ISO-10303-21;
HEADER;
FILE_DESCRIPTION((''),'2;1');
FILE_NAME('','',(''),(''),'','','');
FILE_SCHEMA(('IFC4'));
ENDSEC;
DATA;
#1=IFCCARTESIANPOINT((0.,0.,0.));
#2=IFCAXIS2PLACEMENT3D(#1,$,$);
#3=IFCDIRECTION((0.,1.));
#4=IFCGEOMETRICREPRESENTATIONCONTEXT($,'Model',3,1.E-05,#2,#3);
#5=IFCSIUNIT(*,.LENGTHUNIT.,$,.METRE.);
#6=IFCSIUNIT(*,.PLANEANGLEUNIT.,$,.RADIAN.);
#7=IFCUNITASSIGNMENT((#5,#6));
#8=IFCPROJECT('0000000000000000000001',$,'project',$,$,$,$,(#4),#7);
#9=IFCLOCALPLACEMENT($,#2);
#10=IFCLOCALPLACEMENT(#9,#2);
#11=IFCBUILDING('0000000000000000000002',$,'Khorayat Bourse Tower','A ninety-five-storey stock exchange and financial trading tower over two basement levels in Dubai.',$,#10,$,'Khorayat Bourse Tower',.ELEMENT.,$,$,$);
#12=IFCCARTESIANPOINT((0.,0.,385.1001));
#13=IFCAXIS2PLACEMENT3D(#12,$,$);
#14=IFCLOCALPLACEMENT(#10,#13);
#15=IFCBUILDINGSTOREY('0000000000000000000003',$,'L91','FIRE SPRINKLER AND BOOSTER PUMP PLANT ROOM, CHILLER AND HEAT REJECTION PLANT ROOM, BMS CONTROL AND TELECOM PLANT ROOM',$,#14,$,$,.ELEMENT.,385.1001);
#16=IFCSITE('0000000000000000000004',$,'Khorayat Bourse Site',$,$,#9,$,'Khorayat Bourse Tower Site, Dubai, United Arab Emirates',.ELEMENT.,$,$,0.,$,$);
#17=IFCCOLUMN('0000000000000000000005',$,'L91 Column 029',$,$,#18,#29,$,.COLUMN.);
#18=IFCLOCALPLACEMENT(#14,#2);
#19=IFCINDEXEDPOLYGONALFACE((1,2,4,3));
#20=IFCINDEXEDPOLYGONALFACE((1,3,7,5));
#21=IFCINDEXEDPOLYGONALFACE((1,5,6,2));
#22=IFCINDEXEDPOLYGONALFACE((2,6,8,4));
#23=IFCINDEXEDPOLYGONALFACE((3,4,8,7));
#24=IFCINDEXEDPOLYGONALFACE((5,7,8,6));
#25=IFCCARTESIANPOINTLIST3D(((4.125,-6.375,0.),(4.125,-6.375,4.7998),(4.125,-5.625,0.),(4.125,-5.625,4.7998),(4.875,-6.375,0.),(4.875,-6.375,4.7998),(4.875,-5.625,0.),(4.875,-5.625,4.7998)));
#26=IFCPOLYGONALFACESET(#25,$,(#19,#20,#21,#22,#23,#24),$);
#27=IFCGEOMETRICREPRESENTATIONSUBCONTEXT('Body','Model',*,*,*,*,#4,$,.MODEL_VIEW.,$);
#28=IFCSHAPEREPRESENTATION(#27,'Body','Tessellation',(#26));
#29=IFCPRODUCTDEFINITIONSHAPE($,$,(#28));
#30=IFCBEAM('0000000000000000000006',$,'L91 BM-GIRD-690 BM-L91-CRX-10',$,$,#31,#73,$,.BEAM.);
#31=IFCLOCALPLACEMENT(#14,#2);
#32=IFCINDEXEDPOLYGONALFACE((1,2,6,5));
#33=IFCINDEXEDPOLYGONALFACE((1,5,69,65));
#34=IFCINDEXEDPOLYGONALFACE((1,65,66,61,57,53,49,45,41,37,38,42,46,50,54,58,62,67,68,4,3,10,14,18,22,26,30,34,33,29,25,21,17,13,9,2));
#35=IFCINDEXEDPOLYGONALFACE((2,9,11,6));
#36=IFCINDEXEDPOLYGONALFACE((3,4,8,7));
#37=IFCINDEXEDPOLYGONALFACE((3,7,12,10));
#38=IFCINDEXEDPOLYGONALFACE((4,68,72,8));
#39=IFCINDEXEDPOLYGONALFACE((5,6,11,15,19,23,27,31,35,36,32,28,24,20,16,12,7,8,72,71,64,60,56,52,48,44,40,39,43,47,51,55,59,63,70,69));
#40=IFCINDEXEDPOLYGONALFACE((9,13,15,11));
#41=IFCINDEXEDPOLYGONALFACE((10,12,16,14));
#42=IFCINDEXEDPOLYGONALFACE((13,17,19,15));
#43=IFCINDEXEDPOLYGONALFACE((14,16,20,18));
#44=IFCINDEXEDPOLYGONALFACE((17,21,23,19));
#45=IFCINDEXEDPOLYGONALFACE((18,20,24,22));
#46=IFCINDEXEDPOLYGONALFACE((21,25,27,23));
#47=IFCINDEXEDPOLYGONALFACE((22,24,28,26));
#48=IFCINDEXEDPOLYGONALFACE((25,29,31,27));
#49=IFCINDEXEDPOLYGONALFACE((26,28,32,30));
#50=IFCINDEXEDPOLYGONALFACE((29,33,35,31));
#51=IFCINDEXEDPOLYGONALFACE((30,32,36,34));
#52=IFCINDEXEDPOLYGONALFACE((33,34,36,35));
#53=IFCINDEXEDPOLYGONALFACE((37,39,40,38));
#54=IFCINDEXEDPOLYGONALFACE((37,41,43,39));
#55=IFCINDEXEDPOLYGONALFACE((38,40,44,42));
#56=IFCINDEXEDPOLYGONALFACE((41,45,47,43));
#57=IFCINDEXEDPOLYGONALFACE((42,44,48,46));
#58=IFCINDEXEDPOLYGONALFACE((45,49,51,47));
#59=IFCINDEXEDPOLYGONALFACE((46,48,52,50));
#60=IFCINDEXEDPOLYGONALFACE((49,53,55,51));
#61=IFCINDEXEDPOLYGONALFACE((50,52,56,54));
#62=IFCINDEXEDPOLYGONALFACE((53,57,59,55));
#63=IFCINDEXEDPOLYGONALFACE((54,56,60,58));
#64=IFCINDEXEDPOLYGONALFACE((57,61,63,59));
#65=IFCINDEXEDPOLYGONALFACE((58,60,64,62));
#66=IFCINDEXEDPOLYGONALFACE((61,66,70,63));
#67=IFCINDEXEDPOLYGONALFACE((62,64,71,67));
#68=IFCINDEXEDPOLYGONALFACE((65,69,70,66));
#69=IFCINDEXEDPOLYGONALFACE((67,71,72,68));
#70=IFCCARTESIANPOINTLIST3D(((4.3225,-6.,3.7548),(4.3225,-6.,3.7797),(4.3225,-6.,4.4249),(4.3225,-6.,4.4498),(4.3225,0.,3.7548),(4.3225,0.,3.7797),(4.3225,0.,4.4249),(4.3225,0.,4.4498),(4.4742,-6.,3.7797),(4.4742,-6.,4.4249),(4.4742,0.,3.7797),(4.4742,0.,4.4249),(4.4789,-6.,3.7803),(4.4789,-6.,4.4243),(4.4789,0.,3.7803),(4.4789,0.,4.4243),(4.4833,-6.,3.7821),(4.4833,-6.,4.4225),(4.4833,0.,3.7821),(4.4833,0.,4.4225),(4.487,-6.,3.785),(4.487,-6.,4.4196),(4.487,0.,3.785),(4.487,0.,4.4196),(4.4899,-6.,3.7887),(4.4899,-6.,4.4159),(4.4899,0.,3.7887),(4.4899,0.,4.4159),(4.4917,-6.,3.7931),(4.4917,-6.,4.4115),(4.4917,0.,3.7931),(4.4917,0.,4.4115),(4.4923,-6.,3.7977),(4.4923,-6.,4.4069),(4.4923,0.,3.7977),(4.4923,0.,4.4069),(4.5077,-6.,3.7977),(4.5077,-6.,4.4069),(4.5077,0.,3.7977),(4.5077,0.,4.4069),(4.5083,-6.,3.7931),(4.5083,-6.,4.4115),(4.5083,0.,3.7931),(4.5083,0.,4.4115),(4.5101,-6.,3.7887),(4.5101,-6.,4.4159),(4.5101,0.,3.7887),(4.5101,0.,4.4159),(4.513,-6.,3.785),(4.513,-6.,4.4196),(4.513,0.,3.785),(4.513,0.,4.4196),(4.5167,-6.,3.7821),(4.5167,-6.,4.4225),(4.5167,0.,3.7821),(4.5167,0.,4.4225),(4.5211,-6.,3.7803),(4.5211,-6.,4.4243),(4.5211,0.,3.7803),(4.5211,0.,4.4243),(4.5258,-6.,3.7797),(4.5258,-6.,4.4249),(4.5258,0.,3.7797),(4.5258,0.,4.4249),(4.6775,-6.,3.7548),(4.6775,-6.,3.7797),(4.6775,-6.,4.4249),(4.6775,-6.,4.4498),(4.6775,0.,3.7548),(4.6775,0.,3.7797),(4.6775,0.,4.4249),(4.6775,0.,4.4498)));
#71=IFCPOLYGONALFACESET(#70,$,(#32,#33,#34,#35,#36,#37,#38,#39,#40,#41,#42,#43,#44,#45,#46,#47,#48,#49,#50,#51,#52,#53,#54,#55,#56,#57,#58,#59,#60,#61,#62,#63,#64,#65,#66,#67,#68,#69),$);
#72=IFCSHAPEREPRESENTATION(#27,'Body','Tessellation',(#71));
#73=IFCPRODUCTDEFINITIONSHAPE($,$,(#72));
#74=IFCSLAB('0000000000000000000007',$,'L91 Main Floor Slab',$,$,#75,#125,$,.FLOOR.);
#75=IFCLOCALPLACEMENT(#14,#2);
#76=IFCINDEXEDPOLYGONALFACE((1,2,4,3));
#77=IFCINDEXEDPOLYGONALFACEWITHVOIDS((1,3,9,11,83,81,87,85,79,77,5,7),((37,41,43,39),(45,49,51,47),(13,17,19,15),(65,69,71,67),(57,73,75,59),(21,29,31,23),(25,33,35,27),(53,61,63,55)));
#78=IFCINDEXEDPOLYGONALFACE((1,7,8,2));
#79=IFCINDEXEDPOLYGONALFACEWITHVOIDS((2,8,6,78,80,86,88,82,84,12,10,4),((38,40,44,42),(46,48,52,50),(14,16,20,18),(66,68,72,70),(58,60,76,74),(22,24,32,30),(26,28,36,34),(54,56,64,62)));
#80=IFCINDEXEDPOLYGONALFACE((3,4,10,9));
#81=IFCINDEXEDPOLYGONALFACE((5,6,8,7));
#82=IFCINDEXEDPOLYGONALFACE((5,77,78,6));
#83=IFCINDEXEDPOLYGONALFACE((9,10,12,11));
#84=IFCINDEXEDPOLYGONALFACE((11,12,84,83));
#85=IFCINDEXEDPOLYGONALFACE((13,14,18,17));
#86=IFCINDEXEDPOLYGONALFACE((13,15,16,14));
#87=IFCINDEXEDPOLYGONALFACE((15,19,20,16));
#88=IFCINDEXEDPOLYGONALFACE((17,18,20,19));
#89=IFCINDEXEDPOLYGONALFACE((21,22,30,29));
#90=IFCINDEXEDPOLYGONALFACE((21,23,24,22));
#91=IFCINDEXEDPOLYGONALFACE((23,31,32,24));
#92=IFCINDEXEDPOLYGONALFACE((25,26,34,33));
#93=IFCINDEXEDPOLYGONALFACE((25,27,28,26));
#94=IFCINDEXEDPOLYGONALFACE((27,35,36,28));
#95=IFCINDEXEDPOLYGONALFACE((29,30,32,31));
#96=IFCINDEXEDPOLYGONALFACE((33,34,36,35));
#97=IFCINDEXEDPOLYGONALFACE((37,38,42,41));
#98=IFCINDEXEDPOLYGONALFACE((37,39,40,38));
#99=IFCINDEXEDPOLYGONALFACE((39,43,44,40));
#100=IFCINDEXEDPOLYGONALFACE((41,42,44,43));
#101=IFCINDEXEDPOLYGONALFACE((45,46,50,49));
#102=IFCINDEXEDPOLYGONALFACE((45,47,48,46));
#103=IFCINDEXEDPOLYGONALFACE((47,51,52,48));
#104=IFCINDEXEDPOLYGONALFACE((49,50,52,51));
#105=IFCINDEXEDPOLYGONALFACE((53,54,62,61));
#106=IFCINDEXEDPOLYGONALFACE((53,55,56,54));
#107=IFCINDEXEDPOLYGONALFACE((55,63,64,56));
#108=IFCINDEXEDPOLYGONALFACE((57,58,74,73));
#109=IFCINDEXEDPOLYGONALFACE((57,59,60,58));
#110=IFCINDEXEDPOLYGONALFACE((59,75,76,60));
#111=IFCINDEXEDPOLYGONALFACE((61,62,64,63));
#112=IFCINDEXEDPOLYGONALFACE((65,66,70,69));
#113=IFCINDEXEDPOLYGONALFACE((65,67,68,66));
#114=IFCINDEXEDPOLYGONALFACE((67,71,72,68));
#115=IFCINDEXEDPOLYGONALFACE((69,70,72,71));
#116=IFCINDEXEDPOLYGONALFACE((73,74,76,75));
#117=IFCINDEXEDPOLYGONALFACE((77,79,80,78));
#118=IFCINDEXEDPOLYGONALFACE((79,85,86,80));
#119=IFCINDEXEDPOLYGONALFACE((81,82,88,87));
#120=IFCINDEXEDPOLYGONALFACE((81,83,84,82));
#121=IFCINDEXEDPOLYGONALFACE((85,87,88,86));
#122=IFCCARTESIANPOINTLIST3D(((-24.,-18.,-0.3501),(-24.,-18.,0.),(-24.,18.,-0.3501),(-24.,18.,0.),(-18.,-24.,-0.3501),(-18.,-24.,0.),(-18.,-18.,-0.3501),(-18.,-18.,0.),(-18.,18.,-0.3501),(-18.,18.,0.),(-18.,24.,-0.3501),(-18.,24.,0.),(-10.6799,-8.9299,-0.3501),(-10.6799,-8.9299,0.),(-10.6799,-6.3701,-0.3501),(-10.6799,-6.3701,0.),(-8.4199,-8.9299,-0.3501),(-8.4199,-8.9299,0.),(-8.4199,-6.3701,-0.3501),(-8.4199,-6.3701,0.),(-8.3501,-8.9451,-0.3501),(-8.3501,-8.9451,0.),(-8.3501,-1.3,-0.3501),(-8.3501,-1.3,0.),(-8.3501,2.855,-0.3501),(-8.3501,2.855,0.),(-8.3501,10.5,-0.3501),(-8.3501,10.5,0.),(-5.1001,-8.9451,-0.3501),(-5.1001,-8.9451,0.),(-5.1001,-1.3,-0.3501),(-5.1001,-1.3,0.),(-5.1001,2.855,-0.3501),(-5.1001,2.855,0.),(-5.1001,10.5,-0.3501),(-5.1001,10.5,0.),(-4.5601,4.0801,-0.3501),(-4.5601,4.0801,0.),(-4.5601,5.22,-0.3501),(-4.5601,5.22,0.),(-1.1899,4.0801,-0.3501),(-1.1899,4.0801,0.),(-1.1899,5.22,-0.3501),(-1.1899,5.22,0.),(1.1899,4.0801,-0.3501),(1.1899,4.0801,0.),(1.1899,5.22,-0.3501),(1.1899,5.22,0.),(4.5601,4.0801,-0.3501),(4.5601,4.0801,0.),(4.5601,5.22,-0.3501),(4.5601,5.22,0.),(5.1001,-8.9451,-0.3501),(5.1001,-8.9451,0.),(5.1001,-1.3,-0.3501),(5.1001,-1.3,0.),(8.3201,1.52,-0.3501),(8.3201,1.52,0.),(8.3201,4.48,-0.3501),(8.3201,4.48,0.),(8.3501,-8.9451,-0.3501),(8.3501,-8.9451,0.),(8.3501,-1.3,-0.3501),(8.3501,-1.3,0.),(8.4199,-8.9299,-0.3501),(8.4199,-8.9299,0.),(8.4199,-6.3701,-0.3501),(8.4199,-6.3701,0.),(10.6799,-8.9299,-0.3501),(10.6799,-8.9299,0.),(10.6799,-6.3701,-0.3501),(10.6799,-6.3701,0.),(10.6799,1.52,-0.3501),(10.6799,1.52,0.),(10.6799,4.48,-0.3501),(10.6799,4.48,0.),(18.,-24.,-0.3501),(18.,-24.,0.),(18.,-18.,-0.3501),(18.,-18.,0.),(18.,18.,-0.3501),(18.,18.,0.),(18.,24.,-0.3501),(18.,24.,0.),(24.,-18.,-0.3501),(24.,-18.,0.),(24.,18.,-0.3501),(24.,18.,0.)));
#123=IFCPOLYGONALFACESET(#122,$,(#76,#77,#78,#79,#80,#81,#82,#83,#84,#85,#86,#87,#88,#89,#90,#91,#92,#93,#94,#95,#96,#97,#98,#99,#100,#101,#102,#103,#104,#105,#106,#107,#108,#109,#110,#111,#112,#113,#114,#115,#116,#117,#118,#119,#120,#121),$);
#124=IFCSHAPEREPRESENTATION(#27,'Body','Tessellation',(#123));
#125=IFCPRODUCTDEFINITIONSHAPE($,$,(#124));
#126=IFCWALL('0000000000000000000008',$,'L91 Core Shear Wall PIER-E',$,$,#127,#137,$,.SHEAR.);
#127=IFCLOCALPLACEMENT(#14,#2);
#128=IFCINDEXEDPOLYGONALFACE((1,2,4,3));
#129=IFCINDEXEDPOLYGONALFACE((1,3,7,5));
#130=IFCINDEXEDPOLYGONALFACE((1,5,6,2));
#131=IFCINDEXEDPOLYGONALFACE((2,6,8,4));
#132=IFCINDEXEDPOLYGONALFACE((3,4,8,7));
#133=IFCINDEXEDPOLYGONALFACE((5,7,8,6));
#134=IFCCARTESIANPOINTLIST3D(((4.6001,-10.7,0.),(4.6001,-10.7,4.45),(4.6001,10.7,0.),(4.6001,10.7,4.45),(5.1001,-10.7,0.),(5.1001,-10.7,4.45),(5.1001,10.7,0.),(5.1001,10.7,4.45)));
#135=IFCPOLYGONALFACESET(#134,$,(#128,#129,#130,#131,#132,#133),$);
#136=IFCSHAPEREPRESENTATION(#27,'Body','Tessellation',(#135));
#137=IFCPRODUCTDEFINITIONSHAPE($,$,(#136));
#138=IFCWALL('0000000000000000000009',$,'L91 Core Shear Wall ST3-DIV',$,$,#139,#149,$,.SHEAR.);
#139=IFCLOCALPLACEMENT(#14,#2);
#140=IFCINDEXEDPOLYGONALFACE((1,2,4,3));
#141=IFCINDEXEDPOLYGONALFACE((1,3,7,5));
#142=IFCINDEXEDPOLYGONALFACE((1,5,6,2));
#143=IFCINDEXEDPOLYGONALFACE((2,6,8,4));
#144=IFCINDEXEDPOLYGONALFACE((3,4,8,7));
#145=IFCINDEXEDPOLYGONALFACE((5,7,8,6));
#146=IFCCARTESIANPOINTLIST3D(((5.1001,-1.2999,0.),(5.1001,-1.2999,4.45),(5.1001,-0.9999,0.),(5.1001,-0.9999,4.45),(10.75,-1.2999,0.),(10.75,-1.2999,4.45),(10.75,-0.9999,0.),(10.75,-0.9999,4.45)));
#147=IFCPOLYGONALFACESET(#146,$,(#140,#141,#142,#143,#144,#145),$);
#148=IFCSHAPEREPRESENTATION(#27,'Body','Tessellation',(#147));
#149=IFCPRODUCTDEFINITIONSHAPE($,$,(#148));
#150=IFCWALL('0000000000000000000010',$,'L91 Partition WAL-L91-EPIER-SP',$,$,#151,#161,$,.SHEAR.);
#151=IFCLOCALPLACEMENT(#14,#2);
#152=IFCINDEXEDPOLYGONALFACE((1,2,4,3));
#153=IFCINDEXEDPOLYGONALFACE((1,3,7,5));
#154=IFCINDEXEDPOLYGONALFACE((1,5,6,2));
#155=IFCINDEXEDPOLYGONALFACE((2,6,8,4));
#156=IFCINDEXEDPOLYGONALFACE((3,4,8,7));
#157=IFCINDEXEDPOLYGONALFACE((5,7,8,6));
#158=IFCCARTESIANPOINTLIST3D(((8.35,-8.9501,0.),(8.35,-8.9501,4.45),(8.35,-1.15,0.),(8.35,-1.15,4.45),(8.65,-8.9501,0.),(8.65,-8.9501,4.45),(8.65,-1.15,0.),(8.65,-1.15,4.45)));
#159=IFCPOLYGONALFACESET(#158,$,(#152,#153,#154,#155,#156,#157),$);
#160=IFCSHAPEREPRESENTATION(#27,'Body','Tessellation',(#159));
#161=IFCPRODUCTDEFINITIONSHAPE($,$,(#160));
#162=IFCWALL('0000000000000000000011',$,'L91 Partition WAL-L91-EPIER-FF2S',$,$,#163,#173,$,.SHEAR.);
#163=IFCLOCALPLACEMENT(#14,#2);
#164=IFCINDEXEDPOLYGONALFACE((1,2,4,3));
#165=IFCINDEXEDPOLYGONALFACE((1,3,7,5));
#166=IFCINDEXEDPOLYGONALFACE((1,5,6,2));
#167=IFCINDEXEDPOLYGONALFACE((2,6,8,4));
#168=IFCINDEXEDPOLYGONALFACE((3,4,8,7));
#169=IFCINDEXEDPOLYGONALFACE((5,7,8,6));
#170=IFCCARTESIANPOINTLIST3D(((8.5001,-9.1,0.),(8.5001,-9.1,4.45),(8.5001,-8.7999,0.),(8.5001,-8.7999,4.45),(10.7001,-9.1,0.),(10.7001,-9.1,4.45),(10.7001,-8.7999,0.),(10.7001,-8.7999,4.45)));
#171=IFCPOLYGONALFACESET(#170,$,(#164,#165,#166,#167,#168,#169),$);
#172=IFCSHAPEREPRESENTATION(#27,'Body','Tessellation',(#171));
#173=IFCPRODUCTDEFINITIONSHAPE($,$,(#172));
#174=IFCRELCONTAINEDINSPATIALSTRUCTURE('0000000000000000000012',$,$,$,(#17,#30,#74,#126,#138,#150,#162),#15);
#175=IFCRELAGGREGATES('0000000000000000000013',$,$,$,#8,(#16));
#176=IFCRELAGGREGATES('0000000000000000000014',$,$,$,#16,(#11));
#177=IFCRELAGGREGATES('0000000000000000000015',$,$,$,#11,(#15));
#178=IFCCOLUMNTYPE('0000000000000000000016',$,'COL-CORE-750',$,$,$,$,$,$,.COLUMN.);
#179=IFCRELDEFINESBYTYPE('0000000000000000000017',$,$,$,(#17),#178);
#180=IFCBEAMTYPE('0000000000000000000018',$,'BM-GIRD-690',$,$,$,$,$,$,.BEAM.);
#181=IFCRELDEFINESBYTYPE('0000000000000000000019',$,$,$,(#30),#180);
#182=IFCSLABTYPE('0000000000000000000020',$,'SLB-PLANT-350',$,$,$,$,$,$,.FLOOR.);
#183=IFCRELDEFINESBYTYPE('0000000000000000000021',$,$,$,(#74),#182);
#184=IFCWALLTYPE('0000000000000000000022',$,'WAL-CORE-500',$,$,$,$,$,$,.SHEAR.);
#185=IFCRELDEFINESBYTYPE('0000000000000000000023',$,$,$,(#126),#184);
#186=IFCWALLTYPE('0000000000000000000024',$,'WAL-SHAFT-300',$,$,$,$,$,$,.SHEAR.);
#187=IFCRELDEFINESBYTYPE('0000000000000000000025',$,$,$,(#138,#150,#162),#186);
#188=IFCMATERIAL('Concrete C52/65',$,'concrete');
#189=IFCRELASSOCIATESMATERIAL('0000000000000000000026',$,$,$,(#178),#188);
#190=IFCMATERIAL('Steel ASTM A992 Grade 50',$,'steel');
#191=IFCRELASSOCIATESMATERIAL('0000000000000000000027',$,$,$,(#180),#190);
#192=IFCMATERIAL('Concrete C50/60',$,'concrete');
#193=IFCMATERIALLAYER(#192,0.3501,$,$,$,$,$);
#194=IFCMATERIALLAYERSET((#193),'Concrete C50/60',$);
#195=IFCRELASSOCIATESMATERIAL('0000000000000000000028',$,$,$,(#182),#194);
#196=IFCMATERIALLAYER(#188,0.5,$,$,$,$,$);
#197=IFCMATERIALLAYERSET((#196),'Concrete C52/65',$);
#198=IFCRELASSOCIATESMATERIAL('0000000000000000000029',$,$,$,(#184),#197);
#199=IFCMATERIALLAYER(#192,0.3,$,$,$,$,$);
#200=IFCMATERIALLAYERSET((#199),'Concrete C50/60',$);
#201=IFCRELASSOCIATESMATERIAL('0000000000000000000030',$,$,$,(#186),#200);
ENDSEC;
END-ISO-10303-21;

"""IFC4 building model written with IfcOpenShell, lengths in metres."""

from ifc_helpers import new_model, si_unit, direction, frame, frame_2d, origin, origin_2d, place, context, subcontext, project, spatial, polyline, rectangle, i_section, outline, extrude, source, transform, mapped, material, layer, layer_set, material_profile, profile_set, type_object, element, save


model = new_model("IFC4")

# Units and contexts
model_context = context("Model", 3, precision=1e-05, world=origin(), true_north=direction((0.0, 1.0)))
body_context = subcontext(model_context, "Body", "Model", "MODEL_VIEW")
ifc_project = project(units=[si_unit("LENGTHUNIT", "METRE"), si_unit("PLANEANGLEUNIT", "RADIAN")], contexts=[model_context])

# Site, building, storey
site_placement = place(None, origin())
site = spatial("IfcSite", under=ifc_project, at=site_placement, Name="Khorayat Bourse Site", LongName="Khorayat Bourse Tower Site, Dubai, United Arab Emirates", CompositionType="ELEMENT", RefElevation=0.0)
building_placement = place(site_placement, origin())
building = spatial("IfcBuilding", under=site, at=building_placement, Name="Khorayat Bourse Tower", Description="A ninety-five-storey stock exchange and financial trading tower over two basement levels in Dubai.", LongName="Khorayat Bourse Tower", CompositionType="ELEMENT")
storey_placement = place(building_placement, frame((0.0, 0.0, 385.1001)))
storey = spatial("IfcBuildingStorey", under=building, at=storey_placement, Name="L91", Description="FIRE SPRINKLER AND BOOSTER PUMP PLANT ROOM, CHILLER AND HEAT REJECTION PLANT ROOM, BMS CONTROL AND TELECOM PLANT ROOM", CompositionType="ELEMENT", Elevation=385.1001)

# Column
ifc_material_1 = material(Name="Concrete C52/65", Category="concrete")
ifc_material_profile_1 = material_profile(ifc_material_1, rectangle(XDim=0.75, YDim=0.75, at=origin_2d()), Name="RC 750x750")
ifc_profile_set_1 = profile_set([ifc_material_profile_1], Name="Concrete C52/65")
column_type = type_object("IfcColumnType", Name="COL-CORE-750", PredefinedType="COLUMN", material=ifc_profile_set_1)
shared_shape_1 = source(origin(), body_context, "Body", "SweptSolid", [
    extrude(rectangle(XDim=0.75, YDim=0.75, at=origin_2d()), origin(), (0.0, 0.0, 1.0), 4.7998),
])
column_placement = place(storey_placement, frame((4.5, -6.0, 0.0), z_axis=(0.0, 0.0, 1.0), x_axis=(1.0, 0.0, 0.0)))
element("IfcColumn", 1, at=column_placement, inside=storey, type_object=column_type, Name="L91 Column 029", PredefinedType="COLUMN", context=body_context, shape_type="MappedRepresentation", body=[
    mapped(shared_shape_1, transform((0.0, 0.0, 0.0), scale=1.0)),
])

# Beam
ifc_material_2 = material(Name="Steel ASTM A992 Grade 50", Category="steel")
ifc_material_profile_2 = material_profile(ifc_material_2, i_section(OverallWidth=0.355, OverallDepth=0.6951, WebThickness=0.0154, FlangeThickness=0.0249, FilletRadius=0.0181, at=origin_2d()), Name="W690X217")
ifc_profile_set_2 = profile_set([ifc_material_profile_2], Name="Steel ASTM A992 Grade 50")
beam_type = type_object("IfcBeamType", Name="BM-GIRD-690", PredefinedType="BEAM", material=ifc_profile_set_2)
shared_shape_2 = source(origin(), body_context, "Body", "SweptSolid", [
    extrude(i_section(OverallWidth=0.355, OverallDepth=0.6951, WebThickness=0.0154, FlangeThickness=0.0249, FilletRadius=0.0181, at=origin_2d()), origin(), (0.0, 0.0, 1.0), 6.0),
])
beam_placement = place(storey_placement, frame((4.5, -6.0, 4.1023), z_axis=(0.0, 1.0, 0.0), x_axis=(-1.0, 0.0, 0.0)))
element("IfcBeam", 2, at=beam_placement, inside=storey, type_object=beam_type, Name="L91 BM-GIRD-690 BM-L91-CRX-10", PredefinedType="BEAM", context=body_context, shape_type="MappedRepresentation", body=[
    mapped(shared_shape_2, transform((0.0, 0.0, 0.0), scale=1.0)),
])

# Slab
ifc_material_3 = material(Name="Concrete C50/60", Category="concrete")
ifc_layer_1 = layer(ifc_material_3, 0.3501)
ifc_layer_set_1 = layer_set([ifc_layer_1], Name="Concrete C50/60")
slab_type = type_object("IfcSlabType", Name="SLB-PLANT-350", PredefinedType="FLOOR", material=ifc_layer_set_1)
slab_placement = place(storey_placement, frame((0.0, 0.0, -0.3501)))
element("IfcSlab", 3, at=slab_placement, inside=storey, type_object=slab_type, Name="L91 Main Floor Slab", PredefinedType="FLOOR", context=body_context, shape_type="SweptSolid", body=[
    extrude(outline(polyline([(-18.0, -24.0), (18.0, -24.0), (18.0, -18.0), (24.0, -18.0), (24.0, 18.0), (18.0, 18.0), (18.0, 24.0), (-18.0, 24.0), (-18.0, 18.0), (-24.0, 18.0), (-24.0, -18.0), (-18.0, -18.0), (-18.0, -24.0)]), holes=[polyline([(-8.3501, -8.9451), (-5.1001, -8.9451), (-5.1001, -1.3), (-8.3501, -1.3), (-8.3501, -8.9451)]), polyline([(-8.3501, 2.855), (-5.1001, 2.855), (-5.1001, 10.5), (-8.3501, 10.5), (-8.3501, 2.855)]), polyline([(5.1001, -8.9451), (8.3501, -8.9451), (8.3501, -1.3), (5.1001, -1.3), (5.1001, -8.9451)]), polyline([(-10.6799, -8.9299), (-8.4199, -8.9299), (-8.4199, -6.3701), (-10.6799, -6.3701), (-10.6799, -8.9299)]), polyline([(8.4199, -8.9299), (10.6799, -8.9299), (10.6799, -6.3701), (8.4199, -6.3701), (8.4199, -8.9299)]), polyline([(8.3201, 1.52), (10.6799, 1.52), (10.6799, 4.48), (8.3201, 4.48), (8.3201, 1.52)]), polyline([(-4.5601, 4.0801), (-1.1899, 4.0801), (-1.1899, 5.22), (-4.5601, 5.22), (-4.5601, 4.0801)]), polyline([(1.1899, 4.0801), (4.5601, 4.0801), (4.5601, 5.22), (1.1899, 5.22), (1.1899, 4.0801)])]), origin(), (0.0, 0.0, 1.0), 0.3501),
])

# Walls
ifc_layer_2 = layer(ifc_material_1, 0.5)
ifc_layer_set_2 = layer_set([ifc_layer_2], Name="Concrete C52/65")
wall_type_1 = type_object("IfcWallType", Name="WAL-CORE-500", PredefinedType="SHEAR", material=ifc_layer_set_2)
shared_shape_3 = source(origin(), body_context, "Body", "SweptSolid", [
    extrude(rectangle(XDim=21.3999, YDim=0.5, at=frame_2d((10.7, 0.0))), origin(), (0.0, 0.0, 1.0), 4.45),
])
wall_1_placement = place(storey_placement, frame((4.8501, -10.7, 0.0), z_axis=(0.0, 0.0, 1.0), x_axis=(0.0, 1.0, 0.0)))
element("IfcWall", 4, at=wall_1_placement, inside=storey, type_object=wall_type_1, Name="L91 Core Shear Wall PIER-E", PredefinedType="SHEAR", context=body_context, shape_type="MappedRepresentation", body=[
    mapped(shared_shape_3, transform((0.0, 0.0, 0.0), scale=1.0)),
])
ifc_layer_3 = layer(ifc_material_3, 0.3)
ifc_layer_set_3 = layer_set([ifc_layer_3], Name="Concrete C50/60")
wall_type_2 = type_object("IfcWallType", Name="WAL-SHAFT-300", PredefinedType="SHEAR", material=ifc_layer_set_3)
shared_shape_4 = source(origin(), body_context, "Body", "SweptSolid", [
    extrude(rectangle(XDim=5.6499, YDim=0.3, at=frame_2d((2.825, 0.0))), origin(), (0.0, 0.0, 1.0), 4.45),
])
wall_2_placement = place(storey_placement, frame((5.1001, -1.1499, 0.0), z_axis=(0.0, 0.0, 1.0), x_axis=(1.0, 0.0, 0.0)))
element("IfcWall", 5, at=wall_2_placement, inside=storey, type_object=wall_type_2, Name="L91 Core Shear Wall ST3-DIV", PredefinedType="SHEAR", context=body_context, shape_type="MappedRepresentation", body=[
    mapped(shared_shape_4, transform((0.0, 0.0, 0.0), scale=1.0)),
])
shared_shape_5 = source(origin(), body_context, "Body", "SweptSolid", [
    extrude(rectangle(XDim=7.8, YDim=0.3, at=frame_2d((3.8999, 0.0))), origin(), (0.0, 0.0, 1.0), 4.45),
])
wall_3_placement = place(storey_placement, frame((8.5, -8.95, 0.0), z_axis=(0.0, 0.0, 1.0), x_axis=(0.0, 1.0, 0.0)))
element("IfcWall", 6, at=wall_3_placement, inside=storey, type_object=wall_type_2, Name="L91 Partition WAL-L91-EPIER-SP", PredefinedType="SHEAR", context=body_context, shape_type="MappedRepresentation", body=[
    mapped(shared_shape_5, transform((0.0, 0.0, 0.0), scale=1.0)),
])
shared_shape_6 = source(origin(), body_context, "Body", "SweptSolid", [
    extrude(rectangle(XDim=2.2, YDim=0.3, at=frame_2d((1.1001, 0.0))), origin(), (0.0, 0.0, 1.0), 4.45),
])
for number, where, z_axis, x_axis, name in (
    (7, (8.5, -8.95, 0.0), (0.0, 0.0, 1.0), (1.0, 0.0, 0.0), "L91 Partition WAL-L91-EPIER-FF2S"),
):
    element("IfcWall", number, at=place(storey_placement, frame(where, z_axis=z_axis, x_axis=x_axis)), inside=storey, type_object=wall_type_2, Name=name, PredefinedType="SHEAR", context=body_context, shape_type="MappedRepresentation", body=[
        mapped(shared_shape_6, transform((0.0, 0.0, 0.0), scale=1.0)),
    ])

save(model, "model.ifc")
